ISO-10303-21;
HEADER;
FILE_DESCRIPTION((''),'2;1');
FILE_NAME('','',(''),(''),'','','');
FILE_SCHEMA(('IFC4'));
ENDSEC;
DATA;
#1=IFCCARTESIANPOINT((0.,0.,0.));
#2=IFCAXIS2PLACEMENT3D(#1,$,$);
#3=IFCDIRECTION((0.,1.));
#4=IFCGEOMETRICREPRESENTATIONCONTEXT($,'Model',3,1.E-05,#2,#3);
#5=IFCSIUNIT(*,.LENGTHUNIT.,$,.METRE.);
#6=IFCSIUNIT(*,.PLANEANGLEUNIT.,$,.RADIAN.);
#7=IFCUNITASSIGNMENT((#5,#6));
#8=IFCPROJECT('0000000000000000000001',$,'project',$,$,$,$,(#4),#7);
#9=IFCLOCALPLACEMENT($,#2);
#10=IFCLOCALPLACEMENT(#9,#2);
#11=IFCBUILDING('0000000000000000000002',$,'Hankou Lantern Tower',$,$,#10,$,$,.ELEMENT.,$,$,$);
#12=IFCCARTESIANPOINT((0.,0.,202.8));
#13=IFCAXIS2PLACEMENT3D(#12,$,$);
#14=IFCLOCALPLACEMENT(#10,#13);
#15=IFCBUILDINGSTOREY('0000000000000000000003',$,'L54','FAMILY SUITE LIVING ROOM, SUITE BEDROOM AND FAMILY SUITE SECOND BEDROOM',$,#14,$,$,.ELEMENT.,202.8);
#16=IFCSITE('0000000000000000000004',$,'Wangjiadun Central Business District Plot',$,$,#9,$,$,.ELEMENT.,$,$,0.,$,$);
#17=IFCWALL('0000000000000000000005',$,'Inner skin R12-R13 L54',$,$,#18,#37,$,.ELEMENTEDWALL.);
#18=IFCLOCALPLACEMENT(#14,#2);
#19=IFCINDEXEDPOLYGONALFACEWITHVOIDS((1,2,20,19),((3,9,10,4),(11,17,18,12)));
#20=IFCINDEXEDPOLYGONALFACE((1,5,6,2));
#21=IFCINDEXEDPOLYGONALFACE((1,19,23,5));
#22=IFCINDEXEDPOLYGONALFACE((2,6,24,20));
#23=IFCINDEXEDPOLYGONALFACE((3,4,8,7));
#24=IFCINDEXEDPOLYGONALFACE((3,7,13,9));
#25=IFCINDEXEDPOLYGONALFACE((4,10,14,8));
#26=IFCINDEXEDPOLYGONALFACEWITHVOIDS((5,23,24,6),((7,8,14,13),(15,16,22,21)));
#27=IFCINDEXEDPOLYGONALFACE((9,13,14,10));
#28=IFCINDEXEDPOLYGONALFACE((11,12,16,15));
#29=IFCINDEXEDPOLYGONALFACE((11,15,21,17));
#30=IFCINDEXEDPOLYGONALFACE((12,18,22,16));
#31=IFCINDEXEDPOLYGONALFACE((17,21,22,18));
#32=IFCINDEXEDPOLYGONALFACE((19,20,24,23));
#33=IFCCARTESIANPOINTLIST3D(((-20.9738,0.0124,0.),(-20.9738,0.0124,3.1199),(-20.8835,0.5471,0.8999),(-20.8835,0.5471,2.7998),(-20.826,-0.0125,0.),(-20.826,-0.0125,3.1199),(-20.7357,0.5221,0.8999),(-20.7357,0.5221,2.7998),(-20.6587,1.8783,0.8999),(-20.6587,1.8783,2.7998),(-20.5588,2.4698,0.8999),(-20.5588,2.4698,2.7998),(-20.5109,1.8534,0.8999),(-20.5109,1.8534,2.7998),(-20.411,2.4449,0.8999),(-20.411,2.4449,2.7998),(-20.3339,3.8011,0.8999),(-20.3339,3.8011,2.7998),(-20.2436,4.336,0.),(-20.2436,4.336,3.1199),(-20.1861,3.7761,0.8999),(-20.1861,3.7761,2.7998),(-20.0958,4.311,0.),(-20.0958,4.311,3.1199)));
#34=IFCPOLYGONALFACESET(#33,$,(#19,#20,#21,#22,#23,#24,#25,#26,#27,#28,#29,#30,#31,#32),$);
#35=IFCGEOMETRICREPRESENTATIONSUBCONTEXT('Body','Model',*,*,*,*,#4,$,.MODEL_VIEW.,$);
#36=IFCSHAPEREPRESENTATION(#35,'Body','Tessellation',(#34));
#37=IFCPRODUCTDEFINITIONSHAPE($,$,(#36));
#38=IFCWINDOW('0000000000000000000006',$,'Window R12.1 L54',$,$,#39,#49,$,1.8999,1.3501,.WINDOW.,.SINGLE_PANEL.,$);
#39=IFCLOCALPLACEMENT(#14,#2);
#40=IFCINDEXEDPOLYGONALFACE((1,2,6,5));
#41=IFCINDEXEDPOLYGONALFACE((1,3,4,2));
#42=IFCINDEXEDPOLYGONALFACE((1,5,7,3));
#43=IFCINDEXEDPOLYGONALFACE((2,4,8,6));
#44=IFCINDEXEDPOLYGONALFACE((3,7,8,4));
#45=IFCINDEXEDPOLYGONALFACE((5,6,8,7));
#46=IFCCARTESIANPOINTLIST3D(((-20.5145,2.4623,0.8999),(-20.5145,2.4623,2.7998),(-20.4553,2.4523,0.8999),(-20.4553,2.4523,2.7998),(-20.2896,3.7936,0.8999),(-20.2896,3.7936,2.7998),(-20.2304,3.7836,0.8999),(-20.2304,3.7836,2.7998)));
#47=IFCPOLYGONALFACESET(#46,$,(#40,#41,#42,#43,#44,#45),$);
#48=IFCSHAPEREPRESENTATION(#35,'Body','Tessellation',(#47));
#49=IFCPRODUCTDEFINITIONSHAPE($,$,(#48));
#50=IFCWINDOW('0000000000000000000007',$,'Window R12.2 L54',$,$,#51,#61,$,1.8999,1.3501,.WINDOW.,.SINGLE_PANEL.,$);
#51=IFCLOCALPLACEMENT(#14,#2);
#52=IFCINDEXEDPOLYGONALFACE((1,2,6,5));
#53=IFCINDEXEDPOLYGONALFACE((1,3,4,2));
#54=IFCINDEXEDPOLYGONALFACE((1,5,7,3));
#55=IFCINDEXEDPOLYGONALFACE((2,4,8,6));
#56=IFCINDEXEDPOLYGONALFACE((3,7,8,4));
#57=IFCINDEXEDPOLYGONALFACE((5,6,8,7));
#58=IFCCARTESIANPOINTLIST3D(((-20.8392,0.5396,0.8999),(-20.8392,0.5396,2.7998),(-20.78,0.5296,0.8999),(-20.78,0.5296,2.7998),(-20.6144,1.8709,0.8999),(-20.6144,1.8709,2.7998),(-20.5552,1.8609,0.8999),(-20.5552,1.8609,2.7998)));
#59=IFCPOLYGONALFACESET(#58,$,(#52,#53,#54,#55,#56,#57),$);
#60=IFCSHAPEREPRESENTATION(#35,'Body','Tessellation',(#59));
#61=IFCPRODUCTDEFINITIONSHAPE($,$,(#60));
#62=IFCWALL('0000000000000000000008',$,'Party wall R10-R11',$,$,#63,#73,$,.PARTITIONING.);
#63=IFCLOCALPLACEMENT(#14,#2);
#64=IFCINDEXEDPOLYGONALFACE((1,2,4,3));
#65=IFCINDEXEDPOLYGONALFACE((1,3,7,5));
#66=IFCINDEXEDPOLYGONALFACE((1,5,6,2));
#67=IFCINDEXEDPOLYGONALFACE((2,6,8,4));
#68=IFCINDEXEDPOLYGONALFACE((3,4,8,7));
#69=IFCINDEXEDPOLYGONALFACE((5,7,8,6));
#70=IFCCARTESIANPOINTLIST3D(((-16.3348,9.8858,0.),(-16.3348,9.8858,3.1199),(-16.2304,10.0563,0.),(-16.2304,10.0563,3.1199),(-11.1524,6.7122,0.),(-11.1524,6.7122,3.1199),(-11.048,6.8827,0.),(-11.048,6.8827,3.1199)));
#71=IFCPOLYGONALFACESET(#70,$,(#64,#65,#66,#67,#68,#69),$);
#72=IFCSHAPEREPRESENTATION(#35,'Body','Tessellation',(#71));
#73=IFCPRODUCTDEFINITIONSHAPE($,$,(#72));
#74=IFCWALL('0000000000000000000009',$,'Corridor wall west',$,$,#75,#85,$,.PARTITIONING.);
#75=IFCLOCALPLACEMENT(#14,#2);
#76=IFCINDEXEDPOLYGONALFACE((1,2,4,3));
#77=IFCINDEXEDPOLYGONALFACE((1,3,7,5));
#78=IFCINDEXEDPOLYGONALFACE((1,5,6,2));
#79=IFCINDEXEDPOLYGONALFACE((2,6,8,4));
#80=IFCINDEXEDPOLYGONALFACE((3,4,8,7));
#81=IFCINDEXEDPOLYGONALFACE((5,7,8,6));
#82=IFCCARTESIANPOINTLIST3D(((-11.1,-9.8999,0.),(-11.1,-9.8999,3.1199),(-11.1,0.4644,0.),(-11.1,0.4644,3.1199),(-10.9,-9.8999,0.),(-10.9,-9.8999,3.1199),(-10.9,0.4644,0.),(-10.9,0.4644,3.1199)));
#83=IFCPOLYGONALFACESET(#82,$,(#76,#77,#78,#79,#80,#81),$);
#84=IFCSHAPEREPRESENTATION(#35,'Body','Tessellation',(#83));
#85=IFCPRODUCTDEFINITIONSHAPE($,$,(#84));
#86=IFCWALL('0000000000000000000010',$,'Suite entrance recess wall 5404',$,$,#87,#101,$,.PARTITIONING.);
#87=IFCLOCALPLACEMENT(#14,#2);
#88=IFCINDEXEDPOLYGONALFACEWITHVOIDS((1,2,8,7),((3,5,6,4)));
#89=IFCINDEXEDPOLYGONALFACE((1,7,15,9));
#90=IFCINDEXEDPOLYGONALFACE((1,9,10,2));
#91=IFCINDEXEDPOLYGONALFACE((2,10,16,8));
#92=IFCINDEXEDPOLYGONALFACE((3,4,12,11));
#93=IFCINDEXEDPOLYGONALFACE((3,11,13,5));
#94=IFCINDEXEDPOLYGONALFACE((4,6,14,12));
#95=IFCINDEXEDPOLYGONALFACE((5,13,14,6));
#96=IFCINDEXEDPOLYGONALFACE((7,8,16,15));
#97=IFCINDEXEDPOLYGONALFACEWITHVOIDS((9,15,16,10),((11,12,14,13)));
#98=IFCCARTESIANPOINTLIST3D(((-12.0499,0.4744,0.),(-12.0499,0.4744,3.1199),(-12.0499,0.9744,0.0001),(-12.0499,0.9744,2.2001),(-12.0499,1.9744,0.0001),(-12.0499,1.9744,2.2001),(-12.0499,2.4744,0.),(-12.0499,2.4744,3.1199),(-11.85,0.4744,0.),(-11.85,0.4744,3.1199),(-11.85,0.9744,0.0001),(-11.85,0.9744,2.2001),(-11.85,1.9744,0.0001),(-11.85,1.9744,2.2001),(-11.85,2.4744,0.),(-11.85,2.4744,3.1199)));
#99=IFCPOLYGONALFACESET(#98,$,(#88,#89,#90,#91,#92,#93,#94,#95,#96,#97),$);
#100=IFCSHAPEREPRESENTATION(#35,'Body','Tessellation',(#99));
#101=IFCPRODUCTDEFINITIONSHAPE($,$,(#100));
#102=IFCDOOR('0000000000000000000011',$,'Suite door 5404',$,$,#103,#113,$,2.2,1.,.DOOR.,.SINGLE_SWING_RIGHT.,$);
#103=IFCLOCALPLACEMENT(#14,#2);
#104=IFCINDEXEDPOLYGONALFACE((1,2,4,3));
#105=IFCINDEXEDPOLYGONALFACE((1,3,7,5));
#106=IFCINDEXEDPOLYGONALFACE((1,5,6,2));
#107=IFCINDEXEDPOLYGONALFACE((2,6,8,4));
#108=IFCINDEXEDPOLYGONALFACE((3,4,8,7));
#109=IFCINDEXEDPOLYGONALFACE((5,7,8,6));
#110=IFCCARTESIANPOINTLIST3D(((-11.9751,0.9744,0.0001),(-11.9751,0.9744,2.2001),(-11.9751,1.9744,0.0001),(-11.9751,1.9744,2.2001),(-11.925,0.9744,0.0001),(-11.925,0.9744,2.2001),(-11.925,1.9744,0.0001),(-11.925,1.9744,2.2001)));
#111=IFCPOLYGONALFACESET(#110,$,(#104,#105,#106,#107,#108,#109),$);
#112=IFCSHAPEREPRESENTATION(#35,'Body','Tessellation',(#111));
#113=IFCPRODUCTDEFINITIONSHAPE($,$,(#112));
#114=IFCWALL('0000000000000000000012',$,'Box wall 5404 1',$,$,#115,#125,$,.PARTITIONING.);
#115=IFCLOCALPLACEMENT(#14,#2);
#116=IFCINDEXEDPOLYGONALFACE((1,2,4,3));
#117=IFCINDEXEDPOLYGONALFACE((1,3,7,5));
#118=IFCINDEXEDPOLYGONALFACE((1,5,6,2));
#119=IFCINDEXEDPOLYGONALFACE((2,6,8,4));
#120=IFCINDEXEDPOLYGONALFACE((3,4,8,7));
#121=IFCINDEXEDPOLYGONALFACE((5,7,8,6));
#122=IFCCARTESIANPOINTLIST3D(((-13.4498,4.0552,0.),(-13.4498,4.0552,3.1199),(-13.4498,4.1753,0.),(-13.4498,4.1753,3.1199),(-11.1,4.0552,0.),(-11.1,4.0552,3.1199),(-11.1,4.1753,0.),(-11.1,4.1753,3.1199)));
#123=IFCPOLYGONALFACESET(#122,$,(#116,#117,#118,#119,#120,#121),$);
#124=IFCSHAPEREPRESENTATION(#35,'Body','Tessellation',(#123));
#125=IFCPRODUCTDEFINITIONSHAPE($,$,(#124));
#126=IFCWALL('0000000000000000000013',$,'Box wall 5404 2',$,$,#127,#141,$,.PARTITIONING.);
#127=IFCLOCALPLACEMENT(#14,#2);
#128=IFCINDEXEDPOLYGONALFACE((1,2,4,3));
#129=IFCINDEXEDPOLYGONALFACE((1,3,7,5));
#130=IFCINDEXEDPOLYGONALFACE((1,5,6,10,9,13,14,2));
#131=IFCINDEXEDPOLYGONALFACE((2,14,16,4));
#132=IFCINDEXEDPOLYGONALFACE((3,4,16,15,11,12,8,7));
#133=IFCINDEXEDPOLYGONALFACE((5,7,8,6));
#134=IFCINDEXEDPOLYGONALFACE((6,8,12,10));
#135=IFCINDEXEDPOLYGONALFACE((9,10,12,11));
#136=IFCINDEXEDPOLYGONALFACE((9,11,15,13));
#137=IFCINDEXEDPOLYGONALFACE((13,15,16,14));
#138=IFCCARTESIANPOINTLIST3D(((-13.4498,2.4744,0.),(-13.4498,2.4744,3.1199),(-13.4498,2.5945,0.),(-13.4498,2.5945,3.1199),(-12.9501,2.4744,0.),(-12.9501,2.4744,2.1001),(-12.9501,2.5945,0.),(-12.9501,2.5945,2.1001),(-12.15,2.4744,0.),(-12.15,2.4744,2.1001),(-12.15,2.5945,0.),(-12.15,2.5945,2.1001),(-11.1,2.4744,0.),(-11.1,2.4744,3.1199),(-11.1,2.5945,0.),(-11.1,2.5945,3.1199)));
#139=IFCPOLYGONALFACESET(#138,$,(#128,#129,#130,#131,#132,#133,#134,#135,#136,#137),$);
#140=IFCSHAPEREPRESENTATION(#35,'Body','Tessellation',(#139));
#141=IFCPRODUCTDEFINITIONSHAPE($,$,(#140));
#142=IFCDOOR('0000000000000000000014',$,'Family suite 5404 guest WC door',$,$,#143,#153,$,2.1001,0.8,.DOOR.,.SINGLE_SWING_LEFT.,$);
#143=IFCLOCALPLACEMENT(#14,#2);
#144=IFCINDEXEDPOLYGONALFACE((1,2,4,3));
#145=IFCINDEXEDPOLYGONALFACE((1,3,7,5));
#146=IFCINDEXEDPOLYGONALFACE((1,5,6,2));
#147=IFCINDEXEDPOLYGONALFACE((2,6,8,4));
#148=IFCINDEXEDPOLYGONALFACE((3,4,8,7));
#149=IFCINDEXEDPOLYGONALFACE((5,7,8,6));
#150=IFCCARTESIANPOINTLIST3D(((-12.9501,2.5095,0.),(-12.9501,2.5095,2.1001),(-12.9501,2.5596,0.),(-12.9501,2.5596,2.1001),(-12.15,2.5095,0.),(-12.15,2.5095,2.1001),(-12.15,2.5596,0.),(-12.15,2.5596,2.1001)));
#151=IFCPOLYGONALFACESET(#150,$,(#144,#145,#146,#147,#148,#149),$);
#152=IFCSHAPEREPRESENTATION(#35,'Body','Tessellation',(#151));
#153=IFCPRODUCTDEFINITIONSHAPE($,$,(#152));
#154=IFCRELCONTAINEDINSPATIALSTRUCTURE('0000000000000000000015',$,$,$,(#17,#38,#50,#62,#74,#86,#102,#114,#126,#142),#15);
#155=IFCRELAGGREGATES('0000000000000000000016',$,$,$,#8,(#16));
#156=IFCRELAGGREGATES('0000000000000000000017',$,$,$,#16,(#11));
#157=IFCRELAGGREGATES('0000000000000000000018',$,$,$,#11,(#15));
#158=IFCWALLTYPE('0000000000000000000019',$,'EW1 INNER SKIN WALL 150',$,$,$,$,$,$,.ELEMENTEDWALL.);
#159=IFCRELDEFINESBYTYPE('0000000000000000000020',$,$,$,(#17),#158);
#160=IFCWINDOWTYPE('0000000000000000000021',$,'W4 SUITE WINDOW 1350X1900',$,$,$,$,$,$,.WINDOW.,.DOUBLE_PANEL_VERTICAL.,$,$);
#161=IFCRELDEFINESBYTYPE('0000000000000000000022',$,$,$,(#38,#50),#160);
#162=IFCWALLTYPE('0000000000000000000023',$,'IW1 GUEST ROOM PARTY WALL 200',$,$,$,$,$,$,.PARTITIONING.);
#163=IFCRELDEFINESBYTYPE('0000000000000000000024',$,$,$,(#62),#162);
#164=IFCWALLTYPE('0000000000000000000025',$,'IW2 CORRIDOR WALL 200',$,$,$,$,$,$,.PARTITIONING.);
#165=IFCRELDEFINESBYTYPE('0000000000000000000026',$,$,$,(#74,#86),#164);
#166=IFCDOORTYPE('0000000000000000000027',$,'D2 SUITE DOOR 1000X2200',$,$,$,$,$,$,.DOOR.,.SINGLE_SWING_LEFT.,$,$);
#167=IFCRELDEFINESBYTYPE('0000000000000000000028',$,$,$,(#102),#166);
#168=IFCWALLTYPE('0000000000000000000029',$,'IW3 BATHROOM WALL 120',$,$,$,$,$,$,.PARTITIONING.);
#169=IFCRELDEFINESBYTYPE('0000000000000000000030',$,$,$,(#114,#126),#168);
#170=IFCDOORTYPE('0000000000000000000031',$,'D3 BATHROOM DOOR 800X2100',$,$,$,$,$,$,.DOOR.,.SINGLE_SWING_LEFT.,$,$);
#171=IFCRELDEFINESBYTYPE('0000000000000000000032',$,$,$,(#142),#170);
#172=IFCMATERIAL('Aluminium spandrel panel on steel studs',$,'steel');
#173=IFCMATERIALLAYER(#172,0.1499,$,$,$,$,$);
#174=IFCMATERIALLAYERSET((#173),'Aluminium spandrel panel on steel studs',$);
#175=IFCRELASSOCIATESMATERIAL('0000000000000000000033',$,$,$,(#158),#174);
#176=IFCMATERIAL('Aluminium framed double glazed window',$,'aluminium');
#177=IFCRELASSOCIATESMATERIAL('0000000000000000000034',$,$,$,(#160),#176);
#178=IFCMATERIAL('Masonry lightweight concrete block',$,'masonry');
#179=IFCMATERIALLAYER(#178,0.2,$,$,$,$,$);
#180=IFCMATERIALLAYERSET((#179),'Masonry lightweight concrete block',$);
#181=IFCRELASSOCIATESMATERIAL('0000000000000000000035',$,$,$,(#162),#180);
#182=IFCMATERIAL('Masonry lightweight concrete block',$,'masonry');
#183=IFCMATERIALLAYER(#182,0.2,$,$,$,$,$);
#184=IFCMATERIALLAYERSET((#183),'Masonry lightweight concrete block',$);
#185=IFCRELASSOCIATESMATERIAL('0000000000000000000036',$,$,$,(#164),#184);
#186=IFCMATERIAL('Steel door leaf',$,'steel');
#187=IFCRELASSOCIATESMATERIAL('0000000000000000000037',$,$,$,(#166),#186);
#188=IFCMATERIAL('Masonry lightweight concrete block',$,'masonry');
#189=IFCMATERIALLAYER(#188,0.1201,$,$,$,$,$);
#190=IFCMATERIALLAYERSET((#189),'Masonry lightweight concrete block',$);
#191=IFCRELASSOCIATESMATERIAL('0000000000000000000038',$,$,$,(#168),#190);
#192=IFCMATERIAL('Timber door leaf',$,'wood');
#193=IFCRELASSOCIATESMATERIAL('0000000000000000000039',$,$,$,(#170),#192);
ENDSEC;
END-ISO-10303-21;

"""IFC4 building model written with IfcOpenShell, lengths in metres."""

from ifc_helpers import new_model, si_unit, direction, frame, frame_2d, origin, place, context, subcontext, project, spatial, rectangle, extrude, material, layer, layer_set, type_object, element, fill, save


model = new_model("IFC4")

# Units and contexts
model_context = context("Model", 3, precision=1e-05, world=origin(), true_north=direction((0.0, 1.0)))
body_context = subcontext(model_context, "Body", "Model", "MODEL_VIEW")
ifc_project = project(units=[si_unit("LENGTHUNIT", "METRE"), si_unit("PLANEANGLEUNIT", "RADIAN")], contexts=[model_context])

# Site, building, storey
site_placement = place(None, origin())
site = spatial("IfcSite", under=ifc_project, at=site_placement, Name="Wangjiadun Central Business District Plot", CompositionType="ELEMENT", RefElevation=0.0)
building_placement = place(site_placement, origin())
building = spatial("IfcBuilding", under=site, at=building_placement, Name="Hankou Lantern Tower", CompositionType="ELEMENT")
storey_placement = place(building_placement, frame((0.0, 0.0, 202.8)))
storey = spatial("IfcBuildingStorey", under=building, at=storey_placement, Name="L54", Description="FAMILY SUITE LIVING ROOM, SUITE BEDROOM AND FAMILY SUITE SECOND BEDROOM", CompositionType="ELEMENT", Elevation=202.8)

# Wall, openings, windows
ifc_material_1 = material(Name="Aluminium spandrel panel on steel studs", Category="steel")
ifc_layer_1 = layer(ifc_material_1, 0.1499)
ifc_layer_set_1 = layer_set([ifc_layer_1], Name="Aluminium spandrel panel on steel studs")
wall_type_1 = type_object("IfcWallType", Name="EW1 INNER SKIN WALL 150", PredefinedType="ELEMENTEDWALL", material=ifc_layer_set_1)
wall_1_placement = place(storey_placement, frame((-20.1697, 4.3235, 0.0), z_axis=(0.0, 0.0, 1.0), x_axis=(-0.166539, -0.986035, 0.0)))
wall_1 = element("IfcWall", 1, at=wall_1_placement, inside=storey, type_object=wall_type_1, Name="Inner skin R12-R13 L54", PredefinedType="ELEMENTEDWALL", context=body_context, shape_type="SweptSolid", body=[
    extrude(rectangle(XDim=4.3848, YDim=0.1499, at=frame_2d((2.1924, 0.0))), origin(), (0.0, 0.0, 1.0), 3.1199),
])
opening_1_placement = place(wall_1_placement, frame((0.5425, 0.0, 0.8999)))
opening_1 = element("IfcOpeningElement", 2, at=opening_1_placement, cuts=wall_1, PredefinedType="OPENING", context=body_context, shape_type="SweptSolid", body=[
    extrude(rectangle(XDim=1.3501, YDim=1.8999, at=frame_2d((0.675, 0.95))), frame((0.0, 0.085, 0.0), z_axis=(0.0, -1.0, 0.0), x_axis=(1.0, 0.0, 0.0)), (0.0, 0.0, 1.0), 0.1699),
])
opening_2_placement = place(wall_1_placement, frame((2.4924, 0.0, 0.8999)))
opening_2 = element("IfcOpeningElement", 3, at=opening_2_placement, cuts=wall_1, PredefinedType="OPENING", context=body_context, shape_type="SweptSolid", body=[
    extrude(rectangle(XDim=1.3501, YDim=1.8999, at=frame_2d((0.675, 0.95))), frame((0.0, 0.085, 0.0), z_axis=(0.0, -1.0, 0.0), x_axis=(1.0, 0.0, 0.0)), (0.0, 0.0, 1.0), 0.1699),
])
ifc_material_2 = material(Name="Aluminium framed double glazed window", Category="aluminium")
window_type = type_object("IfcWindowType", Name="W4 SUITE WINDOW 1350X1900", PartitioningType="DOUBLE_PANEL_VERTICAL", PredefinedType="WINDOW", material=ifc_material_2)
window_1_placement = place(opening_1_placement, origin())
window_1 = element("IfcWindow", 4, at=window_1_placement, inside=storey, type_object=window_type, Name="Window R12.1 L54", OverallHeight=1.8999, OverallWidth=1.3501, PartitioningType="SINGLE_PANEL", PredefinedType="WINDOW", context=body_context, shape_type="SweptSolid", body=[
    extrude(rectangle(XDim=1.3501, YDim=1.8999, at=frame_2d((0.675, 0.95))), frame((0.0, 0.03, 0.0), z_axis=(0.0, -1.0, 0.0), x_axis=(1.0, 0.0, 0.0)), (0.0, 0.0, 1.0), 0.0601),
])
fill(opening_1, window_1)
window_2_placement = place(opening_2_placement, origin())
window_2 = element("IfcWindow", 5, at=window_2_placement, inside=storey, type_object=window_type, Name="Window R12.2 L54", OverallHeight=1.8999, OverallWidth=1.3501, PartitioningType="SINGLE_PANEL", PredefinedType="WINDOW", context=body_context, shape_type="SweptSolid", body=[
    extrude(rectangle(XDim=1.3501, YDim=1.8999, at=frame_2d((0.675, 0.95))), frame((0.0, 0.03, 0.0), z_axis=(0.0, -1.0, 0.0), x_axis=(1.0, 0.0, 0.0)), (0.0, 0.0, 1.0), 0.0601),
])
fill(opening_2, window_2)

# Walls
ifc_material_3 = material(Name="Masonry lightweight concrete block", Category="masonry")
ifc_layer_2 = layer(ifc_material_3, 0.2)
ifc_layer_set_2 = layer_set([ifc_layer_2], Name="Masonry lightweight concrete block")
wall_type_2 = type_object("IfcWallType", Name="IW1 GUEST ROOM PARTY WALL 200", PredefinedType="PARTITIONING", material=ifc_layer_set_2)
wall_2_placement = place(storey_placement, frame((-11.1001, 6.7974, 0.0), z_axis=(0.0, 0.0, 1.0), x_axis=(-0.8528, 0.522238, 0.0)))
element("IfcWall", 6, at=wall_2_placement, inside=storey, type_object=wall_type_2, Name="Party wall R10-R11", PredefinedType="PARTITIONING", context=body_context, shape_type="SweptSolid", body=[
    extrude(rectangle(XDim=6.0769, YDim=0.2, at=frame_2d((3.0386, 0.0))), origin(), (0.0, 0.0, 1.0), 3.1199),
])
ifc_material_4 = material(Name="Masonry lightweight concrete block", Category="masonry")
ifc_layer_3 = layer(ifc_material_4, 0.2)
ifc_layer_set_3 = layer_set([ifc_layer_3], Name="Masonry lightweight concrete block")
wall_type_3 = type_object("IfcWallType", Name="IW2 CORRIDOR WALL 200", PredefinedType="PARTITIONING", material=ifc_layer_set_3)
wall_3_placement = place(storey_placement, frame((-11.0, 0.4644, 0.0), z_axis=(0.0, 0.0, 1.0), x_axis=(0.0, -1.0, 0.0)))
element("IfcWall", 7, at=wall_3_placement, inside=storey, type_object=wall_type_3, Name="Corridor wall west", PredefinedType="PARTITIONING", context=body_context, shape_type="SweptSolid", body=[
    extrude(rectangle(XDim=10.3643, YDim=0.2, at=frame_2d((5.1821, 0.0))), origin(), (0.0, 0.0, 1.0), 3.1199),
])

# Wall, opening, door
wall_4_placement = place(storey_placement, frame((-11.95, 2.4744, 0.0), z_axis=(0.0, 0.0, 1.0), x_axis=(0.0, -1.0, 0.0)))
wall_4 = element("IfcWall", 8, at=wall_4_placement, inside=storey, type_object=wall_type_3, Name="Suite entrance recess wall 5404", PredefinedType="PARTITIONING", context=body_context, shape_type="SweptSolid", body=[
    extrude(rectangle(XDim=2.0, YDim=0.2, at=frame_2d((1.0, 0.0))), origin(), (0.0, 0.0, 1.0), 3.1199),
])
opening_3_placement = place(wall_4_placement, frame((0.5, 0.0, 0.0)))
opening_3 = element("IfcOpeningElement", 9, at=opening_3_placement, cuts=wall_4, PredefinedType="OPENING", context=body_context, shape_type="SweptSolid", body=[
    extrude(rectangle(XDim=1.0, YDim=2.2, at=frame_2d((0.5, 1.1001))), frame((0.0, 0.1099, 0.0), z_axis=(0.0, -1.0, 0.0), x_axis=(1.0, 0.0, 0.0)), (0.0, 0.0, 1.0), 0.22),
])
ifc_material_5 = material(Name="Steel door leaf", Category="steel")
door_type_1 = type_object("IfcDoorType", Name="D2 SUITE DOOR 1000X2200", OperationType="SINGLE_SWING_LEFT", PredefinedType="DOOR", material=ifc_material_5)
door_1_placement = place(opening_3_placement, origin())
door_1 = element("IfcDoor", 10, at=door_1_placement, inside=storey, type_object=door_type_1, Name="Suite door 5404", OperationType="SINGLE_SWING_RIGHT", OverallHeight=2.2, OverallWidth=1.0, PredefinedType="DOOR", context=body_context, shape_type="SweptSolid", body=[
    extrude(rectangle(XDim=1.0, YDim=2.2, at=frame_2d((0.5, 1.1001))), frame((0.0, 0.0249, 0.0), z_axis=(0.0, -1.0, 0.0), x_axis=(1.0, 0.0, 0.0)), (0.0, 0.0, 1.0), 0.05),
])
fill(opening_3, door_1)

# Wall
ifc_material_6 = material(Name="Masonry lightweight concrete block", Category="masonry")
ifc_layer_4 = layer(ifc_material_6, 0.1201)
ifc_layer_set_4 = layer_set([ifc_layer_4], Name="Masonry lightweight concrete block")
wall_type_4 = type_object("IfcWallType", Name="IW3 BATHROOM WALL 120", PredefinedType="PARTITIONING", material=ifc_layer_set_4)
wall_5_placement = place(storey_placement, frame((-11.1001, 4.1152, 0.0), z_axis=(0.0, 0.0, 1.0), x_axis=(-1.0, 0.0, 0.0)))
element("IfcWall", 11, at=wall_5_placement, inside=storey, type_object=wall_type_4, Name="Box wall 5404 1", PredefinedType="PARTITIONING", context=body_context, shape_type="SweptSolid", body=[
    extrude(rectangle(XDim=2.3499, YDim=0.1201, at=frame_2d((1.1748, 0.0))), origin(), (0.0, 0.0, 1.0), 3.1199),
])

# Wall, opening, door
wall_6_placement = place(storey_placement, frame((-11.1001, 2.5344, 0.0), z_axis=(0.0, 0.0, 1.0), x_axis=(-1.0, 0.0, 0.0)))
wall_6 = element("IfcWall", 12, at=wall_6_placement, inside=storey, type_object=wall_type_4, Name="Box wall 5404 2", PredefinedType="PARTITIONING", context=body_context, shape_type="SweptSolid", body=[
    extrude(rectangle(XDim=2.3499, YDim=0.1201, at=frame_2d((1.1748, 0.0))), origin(), (0.0, 0.0, 1.0), 3.1199),
])
opening_4_placement = place(wall_6_placement, frame((1.05, 0.0, 0.0)))
opening_4 = element("IfcOpeningElement", 13, at=opening_4_placement, cuts=wall_6, PredefinedType="OPENING", context=body_context, shape_type="SweptSolid", body=[
    extrude(rectangle(XDim=0.8, YDim=2.1001, at=frame_2d((0.3999, 1.05))), frame((0.0, 0.0701, 0.0), z_axis=(0.0, -1.0, 0.0), x_axis=(1.0, 0.0, 0.0)), (0.0, 0.0, 1.0), 0.1401),
])
ifc_material_7 = material(Name="Timber door leaf", Category="wood")
door_type_2 = type_object("IfcDoorType", Name="D3 BATHROOM DOOR 800X2100", OperationType="SINGLE_SWING_LEFT", PredefinedType="DOOR", material=ifc_material_7)
door_2_placement = place(opening_4_placement, origin())
door_2 = element("IfcDoor", 14, at=door_2_placement, inside=storey, type_object=door_type_2, Name="Family suite 5404 guest WC door", OperationType="SINGLE_SWING_LEFT", OverallHeight=2.1001, OverallWidth=0.8, PredefinedType="DOOR", context=body_context, shape_type="SweptSolid", body=[
    extrude(rectangle(XDim=0.8, YDim=2.1001, at=frame_2d((0.3999, 1.05))), frame((0.0, 0.0249, 0.0), z_axis=(0.0, -1.0, 0.0), x_axis=(1.0, 0.0, 0.0)), (0.0, 0.0, 1.0), 0.05),
])
fill(opening_4, door_2)

save(model, "model.ifc")
